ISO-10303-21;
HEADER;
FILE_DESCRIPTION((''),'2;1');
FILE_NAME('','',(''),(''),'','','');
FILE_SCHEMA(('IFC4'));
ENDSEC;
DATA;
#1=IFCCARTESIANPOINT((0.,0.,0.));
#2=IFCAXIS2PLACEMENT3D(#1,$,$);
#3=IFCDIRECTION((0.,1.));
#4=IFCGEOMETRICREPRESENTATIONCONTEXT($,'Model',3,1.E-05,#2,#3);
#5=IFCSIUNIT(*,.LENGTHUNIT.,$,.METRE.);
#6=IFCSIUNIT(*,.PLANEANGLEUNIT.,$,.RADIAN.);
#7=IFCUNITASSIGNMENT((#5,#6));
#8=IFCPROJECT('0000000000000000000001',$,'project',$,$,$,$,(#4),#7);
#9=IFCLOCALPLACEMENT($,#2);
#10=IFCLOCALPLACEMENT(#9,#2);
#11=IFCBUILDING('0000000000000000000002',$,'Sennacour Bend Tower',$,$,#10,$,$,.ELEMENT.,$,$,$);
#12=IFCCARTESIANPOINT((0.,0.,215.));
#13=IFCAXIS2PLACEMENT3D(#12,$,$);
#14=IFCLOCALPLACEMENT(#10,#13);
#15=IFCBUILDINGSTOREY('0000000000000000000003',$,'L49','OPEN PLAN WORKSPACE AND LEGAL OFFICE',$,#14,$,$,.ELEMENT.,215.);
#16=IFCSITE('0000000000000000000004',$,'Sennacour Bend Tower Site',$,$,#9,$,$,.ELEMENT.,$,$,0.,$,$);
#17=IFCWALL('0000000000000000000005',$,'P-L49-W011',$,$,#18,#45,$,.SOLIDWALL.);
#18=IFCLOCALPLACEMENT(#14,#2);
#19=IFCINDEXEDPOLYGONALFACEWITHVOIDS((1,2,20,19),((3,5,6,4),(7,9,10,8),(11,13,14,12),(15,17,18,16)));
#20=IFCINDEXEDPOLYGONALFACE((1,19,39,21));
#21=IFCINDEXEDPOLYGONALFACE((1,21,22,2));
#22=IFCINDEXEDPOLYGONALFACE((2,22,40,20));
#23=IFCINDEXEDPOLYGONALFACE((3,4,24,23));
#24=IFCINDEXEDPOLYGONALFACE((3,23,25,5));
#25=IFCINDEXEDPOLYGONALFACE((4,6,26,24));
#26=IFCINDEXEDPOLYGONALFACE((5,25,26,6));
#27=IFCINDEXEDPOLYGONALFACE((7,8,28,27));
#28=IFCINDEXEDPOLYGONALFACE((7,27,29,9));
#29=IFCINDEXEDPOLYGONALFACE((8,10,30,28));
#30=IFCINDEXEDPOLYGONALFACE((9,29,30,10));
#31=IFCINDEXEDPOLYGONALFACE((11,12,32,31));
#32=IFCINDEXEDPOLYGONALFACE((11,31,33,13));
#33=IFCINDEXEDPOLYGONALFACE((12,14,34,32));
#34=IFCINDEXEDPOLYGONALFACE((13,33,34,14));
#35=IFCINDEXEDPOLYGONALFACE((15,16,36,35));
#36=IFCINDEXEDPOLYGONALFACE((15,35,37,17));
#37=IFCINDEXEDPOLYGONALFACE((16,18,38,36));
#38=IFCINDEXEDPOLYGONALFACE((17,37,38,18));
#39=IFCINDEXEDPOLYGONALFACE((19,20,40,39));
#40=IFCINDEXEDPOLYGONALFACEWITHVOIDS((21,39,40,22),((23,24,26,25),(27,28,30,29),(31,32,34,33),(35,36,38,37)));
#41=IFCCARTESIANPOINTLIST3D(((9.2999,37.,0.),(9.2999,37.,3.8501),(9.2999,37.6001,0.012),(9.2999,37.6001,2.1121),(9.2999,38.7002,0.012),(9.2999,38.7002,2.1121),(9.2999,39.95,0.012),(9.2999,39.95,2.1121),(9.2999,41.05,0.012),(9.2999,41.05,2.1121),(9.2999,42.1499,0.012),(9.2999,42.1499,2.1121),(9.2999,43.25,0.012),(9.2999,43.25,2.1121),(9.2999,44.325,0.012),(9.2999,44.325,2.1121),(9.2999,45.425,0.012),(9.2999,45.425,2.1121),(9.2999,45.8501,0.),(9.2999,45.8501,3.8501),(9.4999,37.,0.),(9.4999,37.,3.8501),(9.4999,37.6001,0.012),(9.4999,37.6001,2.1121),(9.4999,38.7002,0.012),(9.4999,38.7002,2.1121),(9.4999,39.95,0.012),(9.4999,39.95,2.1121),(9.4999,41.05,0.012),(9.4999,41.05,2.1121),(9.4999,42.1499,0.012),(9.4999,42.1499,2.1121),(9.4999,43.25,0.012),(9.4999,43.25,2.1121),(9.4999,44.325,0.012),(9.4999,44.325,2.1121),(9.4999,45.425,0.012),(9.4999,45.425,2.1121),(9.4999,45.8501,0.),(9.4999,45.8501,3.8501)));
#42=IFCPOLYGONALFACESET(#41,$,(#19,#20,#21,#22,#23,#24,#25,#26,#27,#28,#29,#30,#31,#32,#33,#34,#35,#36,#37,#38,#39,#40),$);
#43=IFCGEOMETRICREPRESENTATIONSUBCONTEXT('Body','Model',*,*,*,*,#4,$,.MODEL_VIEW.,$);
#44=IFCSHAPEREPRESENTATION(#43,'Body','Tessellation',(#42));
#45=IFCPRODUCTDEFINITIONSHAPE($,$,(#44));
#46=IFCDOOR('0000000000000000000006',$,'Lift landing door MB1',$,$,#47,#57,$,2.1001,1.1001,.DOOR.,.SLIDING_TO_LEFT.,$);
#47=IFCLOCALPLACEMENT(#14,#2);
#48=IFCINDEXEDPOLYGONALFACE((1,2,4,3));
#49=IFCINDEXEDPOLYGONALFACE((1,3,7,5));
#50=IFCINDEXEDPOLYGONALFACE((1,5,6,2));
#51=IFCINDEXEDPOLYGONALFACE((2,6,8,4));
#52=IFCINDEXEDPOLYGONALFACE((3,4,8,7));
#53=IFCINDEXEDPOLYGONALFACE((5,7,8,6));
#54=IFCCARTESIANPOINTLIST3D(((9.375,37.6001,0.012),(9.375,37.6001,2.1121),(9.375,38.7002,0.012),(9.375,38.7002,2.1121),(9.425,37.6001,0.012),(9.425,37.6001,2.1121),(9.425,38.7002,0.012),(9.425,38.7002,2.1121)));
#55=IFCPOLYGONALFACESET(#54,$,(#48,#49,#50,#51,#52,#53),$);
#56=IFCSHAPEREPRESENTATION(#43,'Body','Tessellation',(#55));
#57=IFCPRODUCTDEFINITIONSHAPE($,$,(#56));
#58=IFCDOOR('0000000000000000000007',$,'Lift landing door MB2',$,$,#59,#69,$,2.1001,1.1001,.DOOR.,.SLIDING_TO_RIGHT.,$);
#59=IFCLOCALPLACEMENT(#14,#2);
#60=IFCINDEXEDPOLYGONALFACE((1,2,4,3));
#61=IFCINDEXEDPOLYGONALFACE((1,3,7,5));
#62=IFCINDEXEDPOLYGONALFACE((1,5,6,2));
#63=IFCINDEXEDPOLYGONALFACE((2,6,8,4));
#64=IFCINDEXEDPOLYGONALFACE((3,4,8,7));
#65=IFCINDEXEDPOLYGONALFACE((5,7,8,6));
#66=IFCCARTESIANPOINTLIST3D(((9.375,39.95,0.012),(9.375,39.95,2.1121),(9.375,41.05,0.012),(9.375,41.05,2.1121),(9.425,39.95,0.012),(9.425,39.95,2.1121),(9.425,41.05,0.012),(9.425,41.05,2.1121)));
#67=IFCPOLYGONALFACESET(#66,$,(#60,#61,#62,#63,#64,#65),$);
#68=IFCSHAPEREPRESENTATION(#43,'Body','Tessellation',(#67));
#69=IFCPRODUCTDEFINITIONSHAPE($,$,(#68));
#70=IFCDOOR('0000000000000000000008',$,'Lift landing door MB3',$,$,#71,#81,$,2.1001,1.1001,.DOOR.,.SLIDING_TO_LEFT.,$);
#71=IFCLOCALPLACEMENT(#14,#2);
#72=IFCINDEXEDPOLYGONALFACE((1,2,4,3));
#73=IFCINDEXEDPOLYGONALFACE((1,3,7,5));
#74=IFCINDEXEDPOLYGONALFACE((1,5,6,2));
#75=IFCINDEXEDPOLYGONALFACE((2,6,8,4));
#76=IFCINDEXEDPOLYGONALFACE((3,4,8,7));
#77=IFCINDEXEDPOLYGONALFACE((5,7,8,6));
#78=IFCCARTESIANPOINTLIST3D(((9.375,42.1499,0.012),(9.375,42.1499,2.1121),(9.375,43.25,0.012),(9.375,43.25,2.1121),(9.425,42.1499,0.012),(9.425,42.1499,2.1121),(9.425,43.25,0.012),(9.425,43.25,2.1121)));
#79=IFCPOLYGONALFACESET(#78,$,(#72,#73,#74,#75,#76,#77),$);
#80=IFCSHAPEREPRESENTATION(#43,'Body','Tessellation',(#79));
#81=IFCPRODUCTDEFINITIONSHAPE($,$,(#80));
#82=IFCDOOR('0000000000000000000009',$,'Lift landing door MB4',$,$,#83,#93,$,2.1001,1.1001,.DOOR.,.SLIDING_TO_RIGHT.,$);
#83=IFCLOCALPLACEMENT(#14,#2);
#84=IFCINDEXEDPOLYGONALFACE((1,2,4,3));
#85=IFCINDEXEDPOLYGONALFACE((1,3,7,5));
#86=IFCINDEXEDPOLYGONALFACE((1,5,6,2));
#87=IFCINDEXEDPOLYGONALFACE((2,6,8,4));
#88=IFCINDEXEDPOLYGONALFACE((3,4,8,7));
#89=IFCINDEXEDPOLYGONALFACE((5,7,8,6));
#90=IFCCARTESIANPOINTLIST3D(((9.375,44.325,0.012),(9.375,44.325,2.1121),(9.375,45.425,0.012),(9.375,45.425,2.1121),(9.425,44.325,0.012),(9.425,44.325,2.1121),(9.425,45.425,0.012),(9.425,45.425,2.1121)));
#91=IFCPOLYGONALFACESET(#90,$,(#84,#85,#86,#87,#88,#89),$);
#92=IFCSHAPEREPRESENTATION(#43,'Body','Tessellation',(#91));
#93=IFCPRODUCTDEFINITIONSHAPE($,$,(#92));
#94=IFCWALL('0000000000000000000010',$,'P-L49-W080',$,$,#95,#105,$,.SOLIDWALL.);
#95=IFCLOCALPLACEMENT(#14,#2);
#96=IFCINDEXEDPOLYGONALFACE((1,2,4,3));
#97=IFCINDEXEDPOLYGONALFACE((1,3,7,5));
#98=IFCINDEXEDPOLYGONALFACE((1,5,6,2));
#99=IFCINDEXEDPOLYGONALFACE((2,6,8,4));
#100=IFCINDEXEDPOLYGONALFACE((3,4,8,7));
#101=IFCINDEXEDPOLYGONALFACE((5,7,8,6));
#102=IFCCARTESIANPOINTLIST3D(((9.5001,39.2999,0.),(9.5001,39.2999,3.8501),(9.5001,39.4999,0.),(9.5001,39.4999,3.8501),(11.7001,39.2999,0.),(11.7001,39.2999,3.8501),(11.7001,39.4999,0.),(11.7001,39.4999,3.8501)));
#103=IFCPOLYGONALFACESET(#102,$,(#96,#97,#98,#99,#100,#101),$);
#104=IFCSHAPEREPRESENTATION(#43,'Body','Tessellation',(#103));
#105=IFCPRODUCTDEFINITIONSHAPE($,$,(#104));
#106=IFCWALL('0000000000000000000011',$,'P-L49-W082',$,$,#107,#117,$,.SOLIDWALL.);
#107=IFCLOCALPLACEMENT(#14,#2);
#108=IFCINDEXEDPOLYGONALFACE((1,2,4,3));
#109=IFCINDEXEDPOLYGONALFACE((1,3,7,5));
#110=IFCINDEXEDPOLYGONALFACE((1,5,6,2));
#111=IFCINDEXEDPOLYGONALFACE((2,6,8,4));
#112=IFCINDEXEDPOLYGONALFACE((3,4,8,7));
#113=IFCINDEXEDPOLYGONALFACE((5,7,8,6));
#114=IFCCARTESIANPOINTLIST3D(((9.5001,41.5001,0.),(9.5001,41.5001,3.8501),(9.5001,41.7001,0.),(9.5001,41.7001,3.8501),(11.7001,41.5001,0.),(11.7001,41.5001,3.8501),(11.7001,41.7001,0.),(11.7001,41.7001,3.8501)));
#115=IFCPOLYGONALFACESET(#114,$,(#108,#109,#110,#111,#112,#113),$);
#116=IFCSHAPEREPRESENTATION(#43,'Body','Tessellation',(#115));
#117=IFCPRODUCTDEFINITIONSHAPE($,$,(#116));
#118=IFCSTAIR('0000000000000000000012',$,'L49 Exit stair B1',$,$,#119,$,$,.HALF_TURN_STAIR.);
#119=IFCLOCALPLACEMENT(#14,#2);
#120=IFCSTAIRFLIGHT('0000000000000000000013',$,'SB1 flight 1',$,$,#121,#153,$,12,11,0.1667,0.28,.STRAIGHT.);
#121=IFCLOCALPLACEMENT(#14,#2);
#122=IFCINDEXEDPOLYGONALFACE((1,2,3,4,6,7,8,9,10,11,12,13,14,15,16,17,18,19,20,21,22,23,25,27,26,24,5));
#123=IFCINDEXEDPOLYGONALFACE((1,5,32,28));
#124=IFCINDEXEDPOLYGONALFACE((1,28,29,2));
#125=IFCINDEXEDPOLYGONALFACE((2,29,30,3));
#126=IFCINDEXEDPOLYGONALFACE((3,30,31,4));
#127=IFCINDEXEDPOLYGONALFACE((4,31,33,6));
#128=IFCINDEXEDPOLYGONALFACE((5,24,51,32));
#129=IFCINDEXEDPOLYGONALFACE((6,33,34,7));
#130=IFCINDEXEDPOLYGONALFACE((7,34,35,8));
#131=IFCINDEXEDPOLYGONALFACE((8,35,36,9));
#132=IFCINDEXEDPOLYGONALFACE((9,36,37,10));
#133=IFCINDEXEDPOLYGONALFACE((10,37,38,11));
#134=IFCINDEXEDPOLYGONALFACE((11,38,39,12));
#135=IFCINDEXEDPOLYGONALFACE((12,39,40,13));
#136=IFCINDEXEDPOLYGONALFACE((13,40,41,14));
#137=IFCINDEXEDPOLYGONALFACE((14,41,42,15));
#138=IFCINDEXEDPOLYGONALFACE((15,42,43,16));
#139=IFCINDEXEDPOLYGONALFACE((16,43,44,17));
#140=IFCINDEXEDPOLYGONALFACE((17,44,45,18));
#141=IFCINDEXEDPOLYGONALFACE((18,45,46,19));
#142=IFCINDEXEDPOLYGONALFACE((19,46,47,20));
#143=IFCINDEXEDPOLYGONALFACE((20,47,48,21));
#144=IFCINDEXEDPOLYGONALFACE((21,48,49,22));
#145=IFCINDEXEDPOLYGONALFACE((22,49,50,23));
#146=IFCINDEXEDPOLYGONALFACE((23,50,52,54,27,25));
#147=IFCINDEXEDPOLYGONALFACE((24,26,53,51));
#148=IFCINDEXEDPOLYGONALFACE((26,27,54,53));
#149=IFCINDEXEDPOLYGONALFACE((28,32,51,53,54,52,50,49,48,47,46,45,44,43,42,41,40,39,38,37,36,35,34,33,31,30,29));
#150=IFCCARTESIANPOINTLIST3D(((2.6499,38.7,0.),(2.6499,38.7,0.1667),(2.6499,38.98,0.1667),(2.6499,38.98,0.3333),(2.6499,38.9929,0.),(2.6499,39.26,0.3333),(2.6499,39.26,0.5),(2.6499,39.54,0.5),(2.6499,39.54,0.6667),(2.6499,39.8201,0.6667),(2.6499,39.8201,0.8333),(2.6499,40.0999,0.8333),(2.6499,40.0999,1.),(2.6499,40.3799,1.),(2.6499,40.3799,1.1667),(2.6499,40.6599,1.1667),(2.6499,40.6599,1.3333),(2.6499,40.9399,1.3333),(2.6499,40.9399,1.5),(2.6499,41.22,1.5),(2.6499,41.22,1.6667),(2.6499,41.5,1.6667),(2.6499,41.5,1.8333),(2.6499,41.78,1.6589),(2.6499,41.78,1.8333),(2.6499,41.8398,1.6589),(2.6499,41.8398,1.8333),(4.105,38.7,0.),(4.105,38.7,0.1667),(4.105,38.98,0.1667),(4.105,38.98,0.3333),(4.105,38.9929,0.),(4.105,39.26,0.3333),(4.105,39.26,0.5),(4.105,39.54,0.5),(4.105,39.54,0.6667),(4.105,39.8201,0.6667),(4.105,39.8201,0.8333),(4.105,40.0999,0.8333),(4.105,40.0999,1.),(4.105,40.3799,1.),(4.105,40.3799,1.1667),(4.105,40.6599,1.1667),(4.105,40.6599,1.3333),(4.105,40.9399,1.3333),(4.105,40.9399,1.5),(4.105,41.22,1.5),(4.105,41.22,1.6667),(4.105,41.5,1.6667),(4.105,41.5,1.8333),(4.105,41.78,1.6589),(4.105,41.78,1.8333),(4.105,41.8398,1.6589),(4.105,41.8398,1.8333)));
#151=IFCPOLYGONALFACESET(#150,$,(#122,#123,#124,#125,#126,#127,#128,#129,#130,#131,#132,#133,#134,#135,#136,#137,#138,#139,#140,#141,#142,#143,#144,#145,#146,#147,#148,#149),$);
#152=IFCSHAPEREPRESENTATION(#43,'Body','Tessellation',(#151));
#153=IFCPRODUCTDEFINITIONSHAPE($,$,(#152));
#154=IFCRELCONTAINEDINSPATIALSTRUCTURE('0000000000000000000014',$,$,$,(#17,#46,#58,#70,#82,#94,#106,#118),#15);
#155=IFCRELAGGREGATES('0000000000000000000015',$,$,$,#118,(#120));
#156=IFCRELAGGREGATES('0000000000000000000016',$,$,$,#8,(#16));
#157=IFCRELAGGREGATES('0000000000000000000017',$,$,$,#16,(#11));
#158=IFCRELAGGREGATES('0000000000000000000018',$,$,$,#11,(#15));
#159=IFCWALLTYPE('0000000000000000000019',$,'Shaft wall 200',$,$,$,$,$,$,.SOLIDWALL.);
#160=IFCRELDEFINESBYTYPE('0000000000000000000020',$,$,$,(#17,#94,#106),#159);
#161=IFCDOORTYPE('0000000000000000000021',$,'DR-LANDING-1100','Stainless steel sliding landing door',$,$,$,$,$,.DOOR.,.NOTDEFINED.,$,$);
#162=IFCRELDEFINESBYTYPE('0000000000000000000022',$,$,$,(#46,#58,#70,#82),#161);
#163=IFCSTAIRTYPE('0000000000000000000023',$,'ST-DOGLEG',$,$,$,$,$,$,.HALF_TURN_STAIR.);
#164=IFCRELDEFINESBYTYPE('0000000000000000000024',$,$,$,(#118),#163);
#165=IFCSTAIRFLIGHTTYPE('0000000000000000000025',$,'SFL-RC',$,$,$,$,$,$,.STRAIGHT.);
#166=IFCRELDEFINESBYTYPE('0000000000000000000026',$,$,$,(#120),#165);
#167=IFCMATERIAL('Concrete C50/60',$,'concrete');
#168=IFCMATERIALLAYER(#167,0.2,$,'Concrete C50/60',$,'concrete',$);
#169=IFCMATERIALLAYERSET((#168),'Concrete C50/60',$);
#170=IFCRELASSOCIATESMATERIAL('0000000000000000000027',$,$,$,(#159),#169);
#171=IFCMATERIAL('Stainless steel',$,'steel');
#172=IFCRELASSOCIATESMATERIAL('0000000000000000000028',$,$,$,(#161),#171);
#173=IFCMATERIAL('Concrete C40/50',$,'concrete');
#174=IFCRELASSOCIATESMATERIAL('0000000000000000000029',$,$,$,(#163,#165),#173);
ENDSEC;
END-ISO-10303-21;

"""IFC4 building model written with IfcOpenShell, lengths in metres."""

from ifc_helpers import new_model, si_unit, direction, frame, frame_2d, origin, place, context, subcontext, project, spatial, polyline, rectangle, outline, extrude, material, layer, layer_set, type_object, element, fill, aggregate, save


model = new_model("IFC4")

# Units and contexts
model_context = context("Model", 3, precision=1e-05, world=origin(), true_north=direction((0.0, 1.0)))
body_context = subcontext(model_context, "Body", "Model", "MODEL_VIEW")
ifc_project = project(units=[si_unit("LENGTHUNIT", "METRE"), si_unit("PLANEANGLEUNIT", "RADIAN")], contexts=[model_context])

# Site, building, storey
site_placement = place(None, origin())
site = spatial("IfcSite", under=ifc_project, at=site_placement, Name="Sennacour Bend Tower Site", CompositionType="ELEMENT", RefElevation=0.0)
building_placement = place(site_placement, origin())
building = spatial("IfcBuilding", under=site, at=building_placement, Name="Sennacour Bend Tower", CompositionType="ELEMENT")
storey_placement = place(building_placement, frame((0.0, 0.0, 215.0)))
storey = spatial("IfcBuildingStorey", under=building, at=storey_placement, Name="L49", Description="OPEN PLAN WORKSPACE AND LEGAL OFFICE", CompositionType="ELEMENT", Elevation=215.0)

# Wall, openings, doors
ifc_material_1 = material(Name="Concrete C50/60", Category="concrete")
ifc_layer_1 = layer(ifc_material_1, 0.2, Name="Concrete C50/60", Category="concrete")
ifc_layer_set_1 = layer_set([ifc_layer_1], Name="Concrete C50/60")
wall_type_1 = type_object("IfcWallType", Name="Shaft wall 200", PredefinedType="SOLIDWALL", material=ifc_layer_set_1)
wall_1_placement = place(storey_placement, frame((9.3999, 37.0, 0.0), z_axis=(0.0, 0.0, 1.0), x_axis=(0.0, 1.0, 0.0)))
wall_1 = element("IfcWall", 1, at=wall_1_placement, inside=storey, type_object=wall_type_1, Name="P-L49-W011", PredefinedType="SOLIDWALL", context=body_context, shape_type="SweptSolid", body=[
    extrude(rectangle(XDim=8.8501, YDim=0.2, at=frame_2d((4.425, 0.0))), origin(), (0.0, 0.0, 1.0), 3.8501),
])
opening_1_placement = place(wall_1_placement, frame((0.6001, 0.0, 0.012)))
opening_1 = element("IfcOpeningElement", 2, at=opening_1_placement, cuts=wall_1, PredefinedType="OPENING", context=body_context, shape_type="SweptSolid", body=[
    extrude(rectangle(XDim=1.1001, YDim=2.1001, at=frame_2d((0.55, 1.05))), frame((0.0, 0.1099, 0.0), z_axis=(0.0, -1.0, 0.0), x_axis=(1.0, 0.0, 0.0)), (0.0, 0.0, 1.0), 0.22),
])
opening_2_placement = place(wall_1_placement, frame((2.95, 0.0, 0.012)))
opening_2 = element("IfcOpeningElement", 3, at=opening_2_placement, cuts=wall_1, PredefinedType="OPENING", context=body_context, shape_type="SweptSolid", body=[
    extrude(rectangle(XDim=1.1001, YDim=2.1001, at=frame_2d((0.55, 1.05))), frame((0.0, 0.1099, 0.0), z_axis=(0.0, -1.0, 0.0), x_axis=(1.0, 0.0, 0.0)), (0.0, 0.0, 1.0), 0.22),
])
opening_3_placement = place(wall_1_placement, frame((5.1499, 0.0, 0.012)))
opening_3 = element("IfcOpeningElement", 4, at=opening_3_placement, cuts=wall_1, PredefinedType="OPENING", context=body_context, shape_type="SweptSolid", body=[
    extrude(rectangle(XDim=1.1001, YDim=2.1001, at=frame_2d((0.55, 1.05))), frame((0.0, 0.1099, 0.0), z_axis=(0.0, -1.0, 0.0), x_axis=(1.0, 0.0, 0.0)), (0.0, 0.0, 1.0), 0.22),
])
opening_4_placement = place(wall_1_placement, frame((7.325, 0.0, 0.012)))
opening_4 = element("IfcOpeningElement", 5, at=opening_4_placement, cuts=wall_1, PredefinedType="OPENING", context=body_context, shape_type="SweptSolid", body=[
    extrude(rectangle(XDim=1.1001, YDim=2.1001, at=frame_2d((0.55, 1.05))), frame((0.0, 0.1099, 0.0), z_axis=(0.0, -1.0, 0.0), x_axis=(1.0, 0.0, 0.0)), (0.0, 0.0, 1.0), 0.22),
])
ifc_material_2 = material(Name="Stainless steel", Category="steel")
door_type_1 = type_object("IfcDoorType", Name="DR-LANDING-1100", Description="Stainless steel sliding landing door", OperationType="NOTDEFINED", PredefinedType="DOOR", material=ifc_material_2)
door_1_placement = place(opening_1_placement, origin())
door_1 = element("IfcDoor", 6, at=door_1_placement, inside=storey, type_object=door_type_1, Name="Lift landing door MB1", OperationType="SLIDING_TO_LEFT", OverallHeight=2.1001, OverallWidth=1.1001, PredefinedType="DOOR", context=body_context, shape_type="SweptSolid", body=[
    extrude(rectangle(XDim=1.1001, YDim=2.1001, at=frame_2d((0.55, 1.05))), frame((0.0, 0.0249, 0.0), z_axis=(0.0, -1.0, 0.0), x_axis=(1.0, 0.0, 0.0)), (0.0, 0.0, 1.0), 0.05),
])
fill(opening_1, door_1)
door_2_placement = place(opening_2_placement, origin())
door_2 = element("IfcDoor", 7, at=door_2_placement, inside=storey, type_object=door_type_1, Name="Lift landing door MB2", OperationType="SLIDING_TO_RIGHT", OverallHeight=2.1001, OverallWidth=1.1001, PredefinedType="DOOR", context=body_context, shape_type="SweptSolid", body=[
    extrude(rectangle(XDim=1.1001, YDim=2.1001, at=frame_2d((0.55, 1.05))), frame((0.0, 0.0249, 0.0), z_axis=(0.0, -1.0, 0.0), x_axis=(1.0, 0.0, 0.0)), (0.0, 0.0, 1.0), 0.05),
])
fill(opening_2, door_2)
door_3_placement = place(opening_3_placement, origin())
door_3 = element("IfcDoor", 8, at=door_3_placement, inside=storey, type_object=door_type_1, Name="Lift landing door MB3", OperationType="SLIDING_TO_LEFT", OverallHeight=2.1001, OverallWidth=1.1001, PredefinedType="DOOR", context=body_context, shape_type="SweptSolid", body=[
    extrude(rectangle(XDim=1.1001, YDim=2.1001, at=frame_2d((0.55, 1.05))), frame((0.0, 0.0249, 0.0), z_axis=(0.0, -1.0, 0.0), x_axis=(1.0, 0.0, 0.0)), (0.0, 0.0, 1.0), 0.05),
])
fill(opening_3, door_3)
door_4_placement = place(opening_4_placement, origin())
door_4 = element("IfcDoor", 9, at=door_4_placement, inside=storey, type_object=door_type_1, Name="Lift landing door MB4", OperationType="SLIDING_TO_RIGHT", OverallHeight=2.1001, OverallWidth=1.1001, PredefinedType="DOOR", context=body_context, shape_type="SweptSolid", body=[
    extrude(rectangle(XDim=1.1001, YDim=2.1001, at=frame_2d((0.55, 1.05))), frame((0.0, 0.0249, 0.0), z_axis=(0.0, -1.0, 0.0), x_axis=(1.0, 0.0, 0.0)), (0.0, 0.0, 1.0), 0.05),
])
fill(opening_4, door_4)

# Walls
for number, where, z_axis, x_axis, name in (
    (10, (9.5, 39.3999, 0.0), (0.0, 0.0, 1.0), (1.0, 0.0, 0.0), "P-L49-W080"),
    (11, (9.5, 41.6001, 0.0), (0.0, 0.0, 1.0), (1.0, 0.0, 0.0), "P-L49-W082"),
):
    element("IfcWall", number, at=place(storey_placement, frame(where, z_axis=z_axis, x_axis=x_axis)), inside=storey, type_object=wall_type_1, Name=name, PredefinedType="SOLIDWALL", context=body_context, shape_type="SweptSolid", body=[
        extrude(rectangle(XDim=2.2, YDim=0.2, at=frame_2d((1.1001, 0.0))), origin(), (0.0, 0.0, 1.0), 3.8501),
    ])

# Stair, stair flight
ifc_material_3 = material(Name="Concrete C40/50", Category="concrete")
stair_type = type_object("IfcStairType", Name="ST-DOGLEG", PredefinedType="HALF_TURN_STAIR", material=ifc_material_3)
stair_placement = place(storey_placement, origin())
stair = element("IfcStair", 12, at=stair_placement, inside=storey, type_object=stair_type, Name="L49 Exit stair B1", PredefinedType="HALF_TURN_STAIR")
stair_flight_type = type_object("IfcStairFlightType", Name="SFL-RC", PredefinedType="STRAIGHT", material=ifc_material_3)
stair_flight_placement = place(storey_placement, frame((3.3774, 38.7, 0.0), z_axis=(0.0, 0.0, 1.0), x_axis=(0.0, 1.0, 0.0)))
stair_flight = element("IfcStairFlight", 13, at=stair_flight_placement, type_object=stair_flight_type, Name="SB1 flight 1", NumberOfRisers=12, NumberOfTreads=11, PredefinedType="STRAIGHT", RiserHeight=0.1667, TreadLength=0.28, context=body_context, shape_type="SweptSolid", body=[
    extrude(outline(polyline([(0.0, 0.0), (0.0, 0.1667), (0.28, 0.1667), (0.28, 0.3333), (0.5601, 0.3333), (0.5601, 0.5), (0.8401, 0.5), (0.8401, 0.6667), (1.1201, 0.6667), (1.1201, 0.8333), (1.3999, 0.8333), (1.3999, 1.0), (1.6799, 1.0), (1.6799, 1.1667), (1.96, 1.1667), (1.96, 1.3333), (2.24, 1.3333), (2.24, 1.5), (2.52, 1.5), (2.52, 1.6667), (2.8, 1.6667), (2.8, 1.8333), (3.0801, 1.8333), (3.1399, 1.8333), (3.1399, 1.6589), (3.0801, 1.6589), (0.293, 0.0), (0.0, 0.0)])), frame((0.0, 0.7275, 0.0), z_axis=(0.0, -1.0, 0.0), x_axis=(1.0, 0.0, 0.0)), (0.0, 0.0, 1.0), 1.4551),
])
aggregate(stair, [stair_flight])

save(model, "model.ifc")
